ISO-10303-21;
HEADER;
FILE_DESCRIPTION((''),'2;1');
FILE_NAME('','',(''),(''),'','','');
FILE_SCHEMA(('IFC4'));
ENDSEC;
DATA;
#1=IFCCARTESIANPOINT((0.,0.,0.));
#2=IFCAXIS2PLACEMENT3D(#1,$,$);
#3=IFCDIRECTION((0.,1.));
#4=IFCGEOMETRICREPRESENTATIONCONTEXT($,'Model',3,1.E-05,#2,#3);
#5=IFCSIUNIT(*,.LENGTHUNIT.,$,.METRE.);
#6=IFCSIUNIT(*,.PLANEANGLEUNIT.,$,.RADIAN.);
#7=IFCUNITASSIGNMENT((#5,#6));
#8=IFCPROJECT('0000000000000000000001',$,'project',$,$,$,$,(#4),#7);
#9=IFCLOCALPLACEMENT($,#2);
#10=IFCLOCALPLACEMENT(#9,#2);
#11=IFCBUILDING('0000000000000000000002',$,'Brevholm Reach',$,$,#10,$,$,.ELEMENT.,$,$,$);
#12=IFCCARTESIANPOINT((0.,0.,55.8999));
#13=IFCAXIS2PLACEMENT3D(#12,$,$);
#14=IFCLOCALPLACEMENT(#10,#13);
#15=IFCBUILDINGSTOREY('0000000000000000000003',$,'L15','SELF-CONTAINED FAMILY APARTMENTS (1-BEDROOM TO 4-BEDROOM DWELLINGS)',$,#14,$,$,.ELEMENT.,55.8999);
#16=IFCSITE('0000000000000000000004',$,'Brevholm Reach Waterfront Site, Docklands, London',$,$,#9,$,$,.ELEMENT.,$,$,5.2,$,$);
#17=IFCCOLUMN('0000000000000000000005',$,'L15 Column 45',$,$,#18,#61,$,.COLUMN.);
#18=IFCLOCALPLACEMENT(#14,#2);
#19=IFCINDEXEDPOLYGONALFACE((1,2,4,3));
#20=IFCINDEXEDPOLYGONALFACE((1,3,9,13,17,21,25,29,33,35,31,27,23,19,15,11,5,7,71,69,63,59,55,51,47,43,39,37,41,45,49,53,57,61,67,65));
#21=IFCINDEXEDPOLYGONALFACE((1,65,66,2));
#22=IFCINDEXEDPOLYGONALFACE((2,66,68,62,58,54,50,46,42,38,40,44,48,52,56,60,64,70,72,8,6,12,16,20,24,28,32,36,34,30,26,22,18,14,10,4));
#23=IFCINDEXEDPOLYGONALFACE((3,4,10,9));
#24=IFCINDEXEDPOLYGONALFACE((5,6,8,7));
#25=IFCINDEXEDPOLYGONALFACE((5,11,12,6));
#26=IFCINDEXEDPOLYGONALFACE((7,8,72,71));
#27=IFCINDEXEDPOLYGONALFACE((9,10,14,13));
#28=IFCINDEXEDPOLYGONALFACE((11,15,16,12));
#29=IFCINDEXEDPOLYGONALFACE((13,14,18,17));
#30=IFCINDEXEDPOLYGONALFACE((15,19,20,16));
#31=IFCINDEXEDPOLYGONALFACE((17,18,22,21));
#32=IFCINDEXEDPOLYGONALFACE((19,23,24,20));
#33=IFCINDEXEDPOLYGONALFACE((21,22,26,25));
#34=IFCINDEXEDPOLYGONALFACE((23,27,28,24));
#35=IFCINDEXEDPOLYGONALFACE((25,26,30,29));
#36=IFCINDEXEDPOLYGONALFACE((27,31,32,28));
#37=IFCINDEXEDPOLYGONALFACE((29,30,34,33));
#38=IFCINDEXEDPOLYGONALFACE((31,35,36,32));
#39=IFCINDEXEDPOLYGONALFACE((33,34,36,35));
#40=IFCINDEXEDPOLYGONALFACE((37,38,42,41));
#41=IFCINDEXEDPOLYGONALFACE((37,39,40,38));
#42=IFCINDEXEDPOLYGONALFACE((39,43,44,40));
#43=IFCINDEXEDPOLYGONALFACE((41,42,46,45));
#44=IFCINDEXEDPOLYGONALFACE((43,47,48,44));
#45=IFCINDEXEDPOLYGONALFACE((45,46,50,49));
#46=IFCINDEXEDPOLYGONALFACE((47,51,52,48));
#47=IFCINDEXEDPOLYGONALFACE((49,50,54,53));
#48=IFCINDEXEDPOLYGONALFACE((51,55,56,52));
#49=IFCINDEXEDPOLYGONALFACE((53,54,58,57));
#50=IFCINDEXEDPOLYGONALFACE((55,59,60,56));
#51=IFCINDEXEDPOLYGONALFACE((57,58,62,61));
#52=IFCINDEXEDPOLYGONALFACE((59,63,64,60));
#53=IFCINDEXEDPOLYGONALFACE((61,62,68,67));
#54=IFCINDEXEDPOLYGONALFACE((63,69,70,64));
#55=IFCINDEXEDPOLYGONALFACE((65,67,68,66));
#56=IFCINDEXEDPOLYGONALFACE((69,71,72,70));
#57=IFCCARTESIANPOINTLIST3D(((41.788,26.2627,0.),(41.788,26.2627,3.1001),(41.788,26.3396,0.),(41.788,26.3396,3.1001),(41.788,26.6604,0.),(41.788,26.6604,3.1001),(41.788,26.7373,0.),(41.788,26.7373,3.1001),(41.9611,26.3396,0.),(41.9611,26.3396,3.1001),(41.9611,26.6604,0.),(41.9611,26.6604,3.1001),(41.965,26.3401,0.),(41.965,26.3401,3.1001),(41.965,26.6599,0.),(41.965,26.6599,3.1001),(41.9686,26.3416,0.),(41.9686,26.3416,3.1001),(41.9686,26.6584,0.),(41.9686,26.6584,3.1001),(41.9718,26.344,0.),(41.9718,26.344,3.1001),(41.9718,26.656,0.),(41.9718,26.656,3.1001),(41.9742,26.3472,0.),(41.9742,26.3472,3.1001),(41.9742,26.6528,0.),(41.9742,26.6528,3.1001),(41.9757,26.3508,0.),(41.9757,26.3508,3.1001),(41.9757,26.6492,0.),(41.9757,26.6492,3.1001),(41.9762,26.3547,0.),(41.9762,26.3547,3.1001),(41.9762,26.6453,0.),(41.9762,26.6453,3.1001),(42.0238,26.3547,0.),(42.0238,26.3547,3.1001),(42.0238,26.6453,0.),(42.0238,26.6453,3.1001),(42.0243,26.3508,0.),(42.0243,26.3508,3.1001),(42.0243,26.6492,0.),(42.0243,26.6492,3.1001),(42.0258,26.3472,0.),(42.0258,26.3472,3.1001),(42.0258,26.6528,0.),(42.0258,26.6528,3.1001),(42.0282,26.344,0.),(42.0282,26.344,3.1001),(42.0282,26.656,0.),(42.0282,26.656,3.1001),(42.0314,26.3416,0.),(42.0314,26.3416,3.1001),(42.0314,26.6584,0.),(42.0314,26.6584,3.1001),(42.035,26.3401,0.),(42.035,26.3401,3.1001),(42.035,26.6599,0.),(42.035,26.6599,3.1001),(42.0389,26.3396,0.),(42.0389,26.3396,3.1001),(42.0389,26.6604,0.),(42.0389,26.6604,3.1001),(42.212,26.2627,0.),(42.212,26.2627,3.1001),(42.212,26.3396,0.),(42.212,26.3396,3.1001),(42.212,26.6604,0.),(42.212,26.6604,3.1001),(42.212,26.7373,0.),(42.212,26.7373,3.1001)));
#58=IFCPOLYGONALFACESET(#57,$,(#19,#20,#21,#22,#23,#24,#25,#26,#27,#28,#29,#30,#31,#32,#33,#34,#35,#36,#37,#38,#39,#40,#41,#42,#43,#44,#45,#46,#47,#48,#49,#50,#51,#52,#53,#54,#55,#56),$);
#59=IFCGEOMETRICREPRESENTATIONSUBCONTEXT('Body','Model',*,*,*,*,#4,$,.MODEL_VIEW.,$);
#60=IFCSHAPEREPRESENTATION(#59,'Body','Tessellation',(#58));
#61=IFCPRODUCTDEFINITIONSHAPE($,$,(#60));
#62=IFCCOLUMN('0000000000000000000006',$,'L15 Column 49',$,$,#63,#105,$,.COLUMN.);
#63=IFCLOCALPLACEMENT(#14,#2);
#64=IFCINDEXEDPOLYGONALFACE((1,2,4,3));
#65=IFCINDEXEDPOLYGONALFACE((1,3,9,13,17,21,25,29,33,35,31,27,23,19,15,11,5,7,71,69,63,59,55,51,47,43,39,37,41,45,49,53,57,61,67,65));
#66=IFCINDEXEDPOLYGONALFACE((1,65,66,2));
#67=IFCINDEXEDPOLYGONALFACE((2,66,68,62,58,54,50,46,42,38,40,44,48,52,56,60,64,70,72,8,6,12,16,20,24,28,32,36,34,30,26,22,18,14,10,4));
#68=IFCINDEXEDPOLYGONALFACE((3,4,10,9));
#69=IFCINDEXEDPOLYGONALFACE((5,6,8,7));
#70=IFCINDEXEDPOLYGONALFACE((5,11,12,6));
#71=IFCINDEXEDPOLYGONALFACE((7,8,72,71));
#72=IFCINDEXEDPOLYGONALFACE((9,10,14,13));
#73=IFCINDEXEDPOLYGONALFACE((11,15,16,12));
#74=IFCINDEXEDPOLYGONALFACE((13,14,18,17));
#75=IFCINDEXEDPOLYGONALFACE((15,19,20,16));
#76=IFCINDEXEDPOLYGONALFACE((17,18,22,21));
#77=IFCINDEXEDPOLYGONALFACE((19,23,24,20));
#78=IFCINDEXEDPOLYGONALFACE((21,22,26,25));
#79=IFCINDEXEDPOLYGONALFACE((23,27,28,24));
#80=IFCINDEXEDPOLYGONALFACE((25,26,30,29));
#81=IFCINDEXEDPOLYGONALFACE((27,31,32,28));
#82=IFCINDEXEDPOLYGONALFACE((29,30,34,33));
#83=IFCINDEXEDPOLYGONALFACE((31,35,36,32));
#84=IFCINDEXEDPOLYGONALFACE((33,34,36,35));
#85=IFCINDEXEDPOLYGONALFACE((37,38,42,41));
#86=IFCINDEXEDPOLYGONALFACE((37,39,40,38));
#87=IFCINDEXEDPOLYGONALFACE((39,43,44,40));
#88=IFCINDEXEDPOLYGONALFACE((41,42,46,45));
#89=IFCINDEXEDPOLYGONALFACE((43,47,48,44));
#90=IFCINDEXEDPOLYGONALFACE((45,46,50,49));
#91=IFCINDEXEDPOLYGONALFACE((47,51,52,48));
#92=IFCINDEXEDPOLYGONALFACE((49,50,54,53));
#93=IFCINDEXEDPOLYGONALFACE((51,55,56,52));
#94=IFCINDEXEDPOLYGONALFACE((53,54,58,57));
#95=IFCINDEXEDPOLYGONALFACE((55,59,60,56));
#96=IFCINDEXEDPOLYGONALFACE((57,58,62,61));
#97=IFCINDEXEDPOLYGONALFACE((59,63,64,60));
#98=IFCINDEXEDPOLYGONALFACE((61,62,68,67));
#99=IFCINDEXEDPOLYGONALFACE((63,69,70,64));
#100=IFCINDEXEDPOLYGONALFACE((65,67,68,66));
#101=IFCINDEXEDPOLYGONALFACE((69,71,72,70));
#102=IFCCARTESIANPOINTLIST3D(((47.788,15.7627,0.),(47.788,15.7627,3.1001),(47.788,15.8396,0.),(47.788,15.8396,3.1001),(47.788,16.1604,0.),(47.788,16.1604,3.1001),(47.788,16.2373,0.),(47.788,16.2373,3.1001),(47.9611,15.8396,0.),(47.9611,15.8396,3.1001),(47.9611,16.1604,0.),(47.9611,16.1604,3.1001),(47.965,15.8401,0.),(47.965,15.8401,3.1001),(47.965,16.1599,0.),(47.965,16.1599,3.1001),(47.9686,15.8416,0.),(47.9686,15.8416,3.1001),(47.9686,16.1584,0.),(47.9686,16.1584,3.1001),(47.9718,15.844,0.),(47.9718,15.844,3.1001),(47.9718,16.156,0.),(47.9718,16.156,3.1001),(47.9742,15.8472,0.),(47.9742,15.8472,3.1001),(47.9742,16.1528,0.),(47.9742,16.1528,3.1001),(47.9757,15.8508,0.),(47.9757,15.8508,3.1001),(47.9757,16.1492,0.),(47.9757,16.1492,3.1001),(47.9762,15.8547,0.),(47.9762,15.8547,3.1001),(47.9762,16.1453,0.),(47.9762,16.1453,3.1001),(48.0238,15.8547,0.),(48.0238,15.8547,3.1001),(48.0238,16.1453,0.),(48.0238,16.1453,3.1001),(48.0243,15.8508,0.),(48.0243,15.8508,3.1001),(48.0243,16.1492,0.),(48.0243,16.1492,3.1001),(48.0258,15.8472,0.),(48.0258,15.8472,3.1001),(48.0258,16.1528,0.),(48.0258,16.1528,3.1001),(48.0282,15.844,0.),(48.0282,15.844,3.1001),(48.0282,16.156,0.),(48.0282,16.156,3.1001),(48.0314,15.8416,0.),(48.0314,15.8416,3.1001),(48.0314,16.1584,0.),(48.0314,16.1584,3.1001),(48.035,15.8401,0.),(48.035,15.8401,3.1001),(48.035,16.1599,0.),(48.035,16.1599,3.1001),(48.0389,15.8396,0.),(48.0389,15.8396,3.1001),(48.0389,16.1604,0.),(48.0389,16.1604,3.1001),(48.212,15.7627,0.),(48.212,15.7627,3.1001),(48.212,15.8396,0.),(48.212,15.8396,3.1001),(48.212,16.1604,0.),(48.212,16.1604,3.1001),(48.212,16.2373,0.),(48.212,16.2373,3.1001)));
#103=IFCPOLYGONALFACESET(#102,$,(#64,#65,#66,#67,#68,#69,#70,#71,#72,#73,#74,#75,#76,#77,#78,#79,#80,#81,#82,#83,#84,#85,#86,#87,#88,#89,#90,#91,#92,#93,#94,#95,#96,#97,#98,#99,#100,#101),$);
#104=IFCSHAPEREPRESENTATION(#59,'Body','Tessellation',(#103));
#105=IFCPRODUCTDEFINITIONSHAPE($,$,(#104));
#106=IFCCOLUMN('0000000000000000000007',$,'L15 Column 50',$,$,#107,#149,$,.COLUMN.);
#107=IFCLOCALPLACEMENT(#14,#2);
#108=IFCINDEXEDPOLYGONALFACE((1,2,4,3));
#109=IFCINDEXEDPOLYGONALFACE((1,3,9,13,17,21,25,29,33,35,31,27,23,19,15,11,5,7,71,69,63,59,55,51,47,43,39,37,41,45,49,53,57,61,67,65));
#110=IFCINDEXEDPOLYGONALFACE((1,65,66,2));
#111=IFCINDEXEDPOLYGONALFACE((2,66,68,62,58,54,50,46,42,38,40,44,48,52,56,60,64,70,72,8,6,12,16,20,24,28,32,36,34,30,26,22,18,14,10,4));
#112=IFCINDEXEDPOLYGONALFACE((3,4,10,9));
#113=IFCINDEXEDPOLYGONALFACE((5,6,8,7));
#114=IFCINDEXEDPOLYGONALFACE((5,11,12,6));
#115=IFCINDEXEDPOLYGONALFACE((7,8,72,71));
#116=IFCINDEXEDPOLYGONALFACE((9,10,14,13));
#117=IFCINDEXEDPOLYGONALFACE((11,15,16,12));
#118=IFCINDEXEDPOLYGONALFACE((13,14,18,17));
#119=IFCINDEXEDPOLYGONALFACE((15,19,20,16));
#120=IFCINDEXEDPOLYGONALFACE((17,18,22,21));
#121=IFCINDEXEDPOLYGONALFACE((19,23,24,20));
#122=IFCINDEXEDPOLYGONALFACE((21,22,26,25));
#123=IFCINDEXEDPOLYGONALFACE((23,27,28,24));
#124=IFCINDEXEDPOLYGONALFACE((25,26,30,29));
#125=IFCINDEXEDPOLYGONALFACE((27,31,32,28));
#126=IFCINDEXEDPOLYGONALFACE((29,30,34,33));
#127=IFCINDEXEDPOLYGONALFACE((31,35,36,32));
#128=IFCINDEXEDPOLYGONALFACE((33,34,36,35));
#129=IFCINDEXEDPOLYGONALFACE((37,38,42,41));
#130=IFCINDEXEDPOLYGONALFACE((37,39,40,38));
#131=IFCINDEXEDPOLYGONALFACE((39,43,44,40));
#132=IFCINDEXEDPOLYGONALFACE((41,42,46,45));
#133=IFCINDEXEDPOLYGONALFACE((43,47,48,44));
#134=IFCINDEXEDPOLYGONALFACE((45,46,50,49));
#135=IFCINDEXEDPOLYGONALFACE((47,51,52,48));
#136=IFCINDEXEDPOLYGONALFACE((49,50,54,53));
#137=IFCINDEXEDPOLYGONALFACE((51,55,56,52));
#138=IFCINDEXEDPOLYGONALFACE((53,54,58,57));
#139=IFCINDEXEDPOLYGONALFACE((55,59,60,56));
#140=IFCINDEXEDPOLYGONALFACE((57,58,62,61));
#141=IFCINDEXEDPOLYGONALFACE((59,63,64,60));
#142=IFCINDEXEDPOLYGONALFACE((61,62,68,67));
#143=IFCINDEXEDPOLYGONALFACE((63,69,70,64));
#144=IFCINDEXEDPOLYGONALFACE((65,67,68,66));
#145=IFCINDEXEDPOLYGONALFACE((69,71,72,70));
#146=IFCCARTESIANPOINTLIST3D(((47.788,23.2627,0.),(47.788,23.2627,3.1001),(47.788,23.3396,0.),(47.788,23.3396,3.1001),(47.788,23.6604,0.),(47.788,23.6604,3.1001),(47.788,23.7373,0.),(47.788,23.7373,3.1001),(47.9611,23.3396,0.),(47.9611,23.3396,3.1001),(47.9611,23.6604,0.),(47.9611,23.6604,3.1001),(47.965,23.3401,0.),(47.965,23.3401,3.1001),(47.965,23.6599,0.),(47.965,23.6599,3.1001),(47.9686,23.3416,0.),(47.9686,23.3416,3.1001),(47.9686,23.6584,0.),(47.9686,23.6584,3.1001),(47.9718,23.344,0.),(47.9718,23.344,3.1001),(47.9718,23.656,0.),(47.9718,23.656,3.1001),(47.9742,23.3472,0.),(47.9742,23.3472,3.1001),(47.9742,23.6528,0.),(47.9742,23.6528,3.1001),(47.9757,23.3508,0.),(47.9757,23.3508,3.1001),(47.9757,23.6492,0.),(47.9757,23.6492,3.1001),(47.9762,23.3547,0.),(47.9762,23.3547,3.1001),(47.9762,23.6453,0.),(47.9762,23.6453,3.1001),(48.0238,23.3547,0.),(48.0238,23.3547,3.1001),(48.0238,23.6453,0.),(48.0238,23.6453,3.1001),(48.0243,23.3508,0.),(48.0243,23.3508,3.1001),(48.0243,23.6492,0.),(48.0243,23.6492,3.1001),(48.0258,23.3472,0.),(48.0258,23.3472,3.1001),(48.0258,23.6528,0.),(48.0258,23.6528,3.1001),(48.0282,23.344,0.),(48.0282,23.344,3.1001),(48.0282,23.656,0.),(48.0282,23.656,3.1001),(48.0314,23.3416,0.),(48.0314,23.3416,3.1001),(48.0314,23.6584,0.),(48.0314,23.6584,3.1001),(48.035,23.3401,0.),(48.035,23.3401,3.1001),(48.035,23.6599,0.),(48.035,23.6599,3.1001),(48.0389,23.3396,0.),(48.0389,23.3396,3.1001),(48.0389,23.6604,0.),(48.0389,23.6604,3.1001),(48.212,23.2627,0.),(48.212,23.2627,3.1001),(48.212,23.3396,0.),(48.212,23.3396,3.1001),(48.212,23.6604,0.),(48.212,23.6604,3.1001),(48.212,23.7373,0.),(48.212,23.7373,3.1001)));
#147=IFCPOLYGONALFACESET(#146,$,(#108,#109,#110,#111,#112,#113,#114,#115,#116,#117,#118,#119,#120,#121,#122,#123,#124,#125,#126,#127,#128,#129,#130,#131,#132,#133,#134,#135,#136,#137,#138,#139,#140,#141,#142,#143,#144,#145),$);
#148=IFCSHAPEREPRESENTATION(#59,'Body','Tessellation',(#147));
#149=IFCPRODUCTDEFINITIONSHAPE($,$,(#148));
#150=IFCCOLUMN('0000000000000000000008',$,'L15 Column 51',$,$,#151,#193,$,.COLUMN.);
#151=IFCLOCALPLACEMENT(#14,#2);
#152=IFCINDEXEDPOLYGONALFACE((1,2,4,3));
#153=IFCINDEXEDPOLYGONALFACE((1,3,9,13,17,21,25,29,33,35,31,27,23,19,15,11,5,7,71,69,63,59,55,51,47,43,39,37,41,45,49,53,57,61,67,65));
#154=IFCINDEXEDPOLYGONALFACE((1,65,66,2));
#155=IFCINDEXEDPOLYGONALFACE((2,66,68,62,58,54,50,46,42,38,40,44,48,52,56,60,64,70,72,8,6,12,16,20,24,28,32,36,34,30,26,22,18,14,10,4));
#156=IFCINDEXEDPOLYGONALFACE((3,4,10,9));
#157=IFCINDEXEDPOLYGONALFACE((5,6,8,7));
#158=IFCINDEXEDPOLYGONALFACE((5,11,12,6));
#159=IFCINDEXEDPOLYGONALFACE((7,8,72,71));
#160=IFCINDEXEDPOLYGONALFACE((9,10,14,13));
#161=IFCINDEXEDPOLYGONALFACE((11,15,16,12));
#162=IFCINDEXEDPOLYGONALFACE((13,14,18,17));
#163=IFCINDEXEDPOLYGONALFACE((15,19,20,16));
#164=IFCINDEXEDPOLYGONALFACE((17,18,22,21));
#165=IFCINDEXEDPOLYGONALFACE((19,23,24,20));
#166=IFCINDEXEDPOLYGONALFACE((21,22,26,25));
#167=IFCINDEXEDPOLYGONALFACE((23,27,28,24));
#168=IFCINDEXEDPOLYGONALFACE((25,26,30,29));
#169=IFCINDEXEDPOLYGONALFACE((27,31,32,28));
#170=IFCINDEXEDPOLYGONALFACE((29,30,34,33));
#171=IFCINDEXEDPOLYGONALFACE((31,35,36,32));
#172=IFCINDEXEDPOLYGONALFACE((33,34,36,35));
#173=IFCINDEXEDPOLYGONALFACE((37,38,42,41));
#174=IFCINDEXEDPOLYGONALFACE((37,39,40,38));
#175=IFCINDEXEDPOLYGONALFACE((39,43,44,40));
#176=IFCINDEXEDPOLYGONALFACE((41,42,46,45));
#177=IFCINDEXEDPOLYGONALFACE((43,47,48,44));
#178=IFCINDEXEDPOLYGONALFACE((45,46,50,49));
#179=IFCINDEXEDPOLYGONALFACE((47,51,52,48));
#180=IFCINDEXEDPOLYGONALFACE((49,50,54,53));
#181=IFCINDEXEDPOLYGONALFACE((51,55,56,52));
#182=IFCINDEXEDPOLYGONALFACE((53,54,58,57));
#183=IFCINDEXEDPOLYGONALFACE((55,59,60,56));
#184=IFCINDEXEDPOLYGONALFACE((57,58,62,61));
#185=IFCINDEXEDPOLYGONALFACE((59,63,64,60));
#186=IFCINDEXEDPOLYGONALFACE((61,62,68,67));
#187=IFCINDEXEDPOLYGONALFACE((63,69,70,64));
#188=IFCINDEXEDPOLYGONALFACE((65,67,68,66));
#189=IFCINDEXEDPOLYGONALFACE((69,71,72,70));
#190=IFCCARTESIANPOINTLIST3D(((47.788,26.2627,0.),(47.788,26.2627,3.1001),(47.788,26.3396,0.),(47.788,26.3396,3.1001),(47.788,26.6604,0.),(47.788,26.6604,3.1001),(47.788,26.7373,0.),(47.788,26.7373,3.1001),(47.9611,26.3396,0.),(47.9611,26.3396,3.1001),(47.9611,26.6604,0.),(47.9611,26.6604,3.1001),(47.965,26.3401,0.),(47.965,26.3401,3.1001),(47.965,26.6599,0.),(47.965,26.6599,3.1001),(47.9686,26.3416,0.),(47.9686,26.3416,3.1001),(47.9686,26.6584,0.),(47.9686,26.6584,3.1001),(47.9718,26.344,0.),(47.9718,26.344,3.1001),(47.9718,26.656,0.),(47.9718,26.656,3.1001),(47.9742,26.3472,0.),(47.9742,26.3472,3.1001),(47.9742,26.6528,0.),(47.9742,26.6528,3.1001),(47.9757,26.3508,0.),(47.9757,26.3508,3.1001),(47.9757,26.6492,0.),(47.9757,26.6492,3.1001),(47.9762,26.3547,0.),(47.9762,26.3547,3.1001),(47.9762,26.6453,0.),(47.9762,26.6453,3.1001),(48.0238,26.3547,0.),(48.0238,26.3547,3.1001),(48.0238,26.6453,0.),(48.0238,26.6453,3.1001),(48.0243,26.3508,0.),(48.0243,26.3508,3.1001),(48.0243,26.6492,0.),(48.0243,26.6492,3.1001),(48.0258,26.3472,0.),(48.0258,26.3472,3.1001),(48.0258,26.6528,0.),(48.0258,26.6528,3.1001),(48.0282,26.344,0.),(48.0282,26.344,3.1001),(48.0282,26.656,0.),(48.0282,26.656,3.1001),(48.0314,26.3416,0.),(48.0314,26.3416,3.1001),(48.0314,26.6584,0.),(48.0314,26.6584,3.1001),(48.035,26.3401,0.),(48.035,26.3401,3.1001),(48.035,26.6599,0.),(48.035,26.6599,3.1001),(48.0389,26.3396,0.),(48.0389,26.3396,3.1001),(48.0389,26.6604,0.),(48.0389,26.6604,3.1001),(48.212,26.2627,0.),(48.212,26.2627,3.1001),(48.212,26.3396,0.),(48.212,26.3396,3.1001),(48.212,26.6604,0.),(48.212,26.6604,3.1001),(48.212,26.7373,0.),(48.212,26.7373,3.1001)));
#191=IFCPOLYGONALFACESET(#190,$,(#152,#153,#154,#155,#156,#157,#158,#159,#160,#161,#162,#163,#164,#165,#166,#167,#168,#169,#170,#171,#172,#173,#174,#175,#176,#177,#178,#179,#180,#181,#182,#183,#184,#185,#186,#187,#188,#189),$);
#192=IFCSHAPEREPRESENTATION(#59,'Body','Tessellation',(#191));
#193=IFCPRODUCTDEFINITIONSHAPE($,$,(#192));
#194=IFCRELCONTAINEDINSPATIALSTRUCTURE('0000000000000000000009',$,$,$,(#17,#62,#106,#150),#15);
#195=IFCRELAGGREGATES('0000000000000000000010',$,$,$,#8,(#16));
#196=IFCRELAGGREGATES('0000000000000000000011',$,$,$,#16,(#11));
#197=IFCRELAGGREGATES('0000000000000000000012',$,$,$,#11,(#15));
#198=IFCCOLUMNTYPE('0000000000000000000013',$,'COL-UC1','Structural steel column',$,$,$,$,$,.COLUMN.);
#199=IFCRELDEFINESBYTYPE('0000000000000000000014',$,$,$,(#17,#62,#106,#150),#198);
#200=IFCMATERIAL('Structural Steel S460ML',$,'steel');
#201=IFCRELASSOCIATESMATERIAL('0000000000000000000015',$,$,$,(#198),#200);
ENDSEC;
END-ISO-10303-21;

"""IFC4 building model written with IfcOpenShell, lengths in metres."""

from ifc_helpers import new_model, si_unit, direction, frame, origin, origin_2d, place, context, subcontext, project, spatial, i_section, extrude, material, material_profile, profile_set, type_object, element, save


model = new_model("IFC4")

# Units and contexts
model_context = context("Model", 3, precision=1e-05, world=origin(), true_north=direction((0.0, 1.0)))
body_context = subcontext(model_context, "Body", "Model", "MODEL_VIEW")
ifc_project = project(units=[si_unit("LENGTHUNIT", "METRE"), si_unit("PLANEANGLEUNIT", "RADIAN")], contexts=[model_context])

# Site, building, storey
site_placement = place(None, origin())
site = spatial("IfcSite", under=ifc_project, at=site_placement, Name="Brevholm Reach Waterfront Site, Docklands, London", CompositionType="ELEMENT", RefElevation=5.2)
building_placement = place(site_placement, origin())
building = spatial("IfcBuilding", under=site, at=building_placement, Name="Brevholm Reach", CompositionType="ELEMENT")
storey_placement = place(building_placement, frame((0.0, 0.0, 55.8999)))
storey = spatial("IfcBuildingStorey", under=building, at=storey_placement, Name="L15", Description="SELF-CONTAINED FAMILY APARTMENTS (1-BEDROOM TO 4-BEDROOM DWELLINGS)", CompositionType="ELEMENT", Elevation=55.8999)

# Columns
ifc_material_1 = material(Name="Structural Steel S460ML", Category="steel")
ifc_material_profile_1 = material_profile(ifc_material_1, i_section(OverallWidth=0.4241, OverallDepth=0.4746, WebThickness=0.0476, FlangeThickness=0.0769, FilletRadius=0.0151, at=origin_2d()), Name="UKC 356x406x634")
ifc_profile_set_1 = profile_set([ifc_material_profile_1], Name="Structural Steel S460ML")
column_type_1 = type_object("IfcColumnType", Name="COL-UC1", Description="Structural steel column", PredefinedType="COLUMN", material=ifc_profile_set_1)
for number, where, z_axis, x_axis, name in (
    (1, (42.0, 26.5, 0.0), (0.0, 0.0, 1.0), (1.0, 0.0, 0.0), "L15 Column 45"),
    (2, (48.0, 16.0, 0.0), (0.0, 0.0, 1.0), (1.0, 0.0, 0.0), "L15 Column 49"),
    (3, (48.0, 23.5, 0.0), (0.0, 0.0, 1.0), (1.0, 0.0, 0.0), "L15 Column 50"),
    (4, (48.0, 26.5, 0.0), (0.0, 0.0, 1.0), (1.0, 0.0, 0.0), "L15 Column 51"),
):
    element("IfcColumn", number, at=place(storey_placement, frame(where, z_axis=z_axis, x_axis=x_axis)), inside=storey, type_object=column_type_1, Name=name, PredefinedType="COLUMN", context=body_context, shape_type="SweptSolid", body=[
        extrude(i_section(OverallWidth=0.4241, OverallDepth=0.4746, WebThickness=0.0476, FlangeThickness=0.0769, FilletRadius=0.0151, at=origin_2d()), origin(), (0.0, 0.0, 1.0), 3.1001),
    ])

save(model, "model.ifc")
